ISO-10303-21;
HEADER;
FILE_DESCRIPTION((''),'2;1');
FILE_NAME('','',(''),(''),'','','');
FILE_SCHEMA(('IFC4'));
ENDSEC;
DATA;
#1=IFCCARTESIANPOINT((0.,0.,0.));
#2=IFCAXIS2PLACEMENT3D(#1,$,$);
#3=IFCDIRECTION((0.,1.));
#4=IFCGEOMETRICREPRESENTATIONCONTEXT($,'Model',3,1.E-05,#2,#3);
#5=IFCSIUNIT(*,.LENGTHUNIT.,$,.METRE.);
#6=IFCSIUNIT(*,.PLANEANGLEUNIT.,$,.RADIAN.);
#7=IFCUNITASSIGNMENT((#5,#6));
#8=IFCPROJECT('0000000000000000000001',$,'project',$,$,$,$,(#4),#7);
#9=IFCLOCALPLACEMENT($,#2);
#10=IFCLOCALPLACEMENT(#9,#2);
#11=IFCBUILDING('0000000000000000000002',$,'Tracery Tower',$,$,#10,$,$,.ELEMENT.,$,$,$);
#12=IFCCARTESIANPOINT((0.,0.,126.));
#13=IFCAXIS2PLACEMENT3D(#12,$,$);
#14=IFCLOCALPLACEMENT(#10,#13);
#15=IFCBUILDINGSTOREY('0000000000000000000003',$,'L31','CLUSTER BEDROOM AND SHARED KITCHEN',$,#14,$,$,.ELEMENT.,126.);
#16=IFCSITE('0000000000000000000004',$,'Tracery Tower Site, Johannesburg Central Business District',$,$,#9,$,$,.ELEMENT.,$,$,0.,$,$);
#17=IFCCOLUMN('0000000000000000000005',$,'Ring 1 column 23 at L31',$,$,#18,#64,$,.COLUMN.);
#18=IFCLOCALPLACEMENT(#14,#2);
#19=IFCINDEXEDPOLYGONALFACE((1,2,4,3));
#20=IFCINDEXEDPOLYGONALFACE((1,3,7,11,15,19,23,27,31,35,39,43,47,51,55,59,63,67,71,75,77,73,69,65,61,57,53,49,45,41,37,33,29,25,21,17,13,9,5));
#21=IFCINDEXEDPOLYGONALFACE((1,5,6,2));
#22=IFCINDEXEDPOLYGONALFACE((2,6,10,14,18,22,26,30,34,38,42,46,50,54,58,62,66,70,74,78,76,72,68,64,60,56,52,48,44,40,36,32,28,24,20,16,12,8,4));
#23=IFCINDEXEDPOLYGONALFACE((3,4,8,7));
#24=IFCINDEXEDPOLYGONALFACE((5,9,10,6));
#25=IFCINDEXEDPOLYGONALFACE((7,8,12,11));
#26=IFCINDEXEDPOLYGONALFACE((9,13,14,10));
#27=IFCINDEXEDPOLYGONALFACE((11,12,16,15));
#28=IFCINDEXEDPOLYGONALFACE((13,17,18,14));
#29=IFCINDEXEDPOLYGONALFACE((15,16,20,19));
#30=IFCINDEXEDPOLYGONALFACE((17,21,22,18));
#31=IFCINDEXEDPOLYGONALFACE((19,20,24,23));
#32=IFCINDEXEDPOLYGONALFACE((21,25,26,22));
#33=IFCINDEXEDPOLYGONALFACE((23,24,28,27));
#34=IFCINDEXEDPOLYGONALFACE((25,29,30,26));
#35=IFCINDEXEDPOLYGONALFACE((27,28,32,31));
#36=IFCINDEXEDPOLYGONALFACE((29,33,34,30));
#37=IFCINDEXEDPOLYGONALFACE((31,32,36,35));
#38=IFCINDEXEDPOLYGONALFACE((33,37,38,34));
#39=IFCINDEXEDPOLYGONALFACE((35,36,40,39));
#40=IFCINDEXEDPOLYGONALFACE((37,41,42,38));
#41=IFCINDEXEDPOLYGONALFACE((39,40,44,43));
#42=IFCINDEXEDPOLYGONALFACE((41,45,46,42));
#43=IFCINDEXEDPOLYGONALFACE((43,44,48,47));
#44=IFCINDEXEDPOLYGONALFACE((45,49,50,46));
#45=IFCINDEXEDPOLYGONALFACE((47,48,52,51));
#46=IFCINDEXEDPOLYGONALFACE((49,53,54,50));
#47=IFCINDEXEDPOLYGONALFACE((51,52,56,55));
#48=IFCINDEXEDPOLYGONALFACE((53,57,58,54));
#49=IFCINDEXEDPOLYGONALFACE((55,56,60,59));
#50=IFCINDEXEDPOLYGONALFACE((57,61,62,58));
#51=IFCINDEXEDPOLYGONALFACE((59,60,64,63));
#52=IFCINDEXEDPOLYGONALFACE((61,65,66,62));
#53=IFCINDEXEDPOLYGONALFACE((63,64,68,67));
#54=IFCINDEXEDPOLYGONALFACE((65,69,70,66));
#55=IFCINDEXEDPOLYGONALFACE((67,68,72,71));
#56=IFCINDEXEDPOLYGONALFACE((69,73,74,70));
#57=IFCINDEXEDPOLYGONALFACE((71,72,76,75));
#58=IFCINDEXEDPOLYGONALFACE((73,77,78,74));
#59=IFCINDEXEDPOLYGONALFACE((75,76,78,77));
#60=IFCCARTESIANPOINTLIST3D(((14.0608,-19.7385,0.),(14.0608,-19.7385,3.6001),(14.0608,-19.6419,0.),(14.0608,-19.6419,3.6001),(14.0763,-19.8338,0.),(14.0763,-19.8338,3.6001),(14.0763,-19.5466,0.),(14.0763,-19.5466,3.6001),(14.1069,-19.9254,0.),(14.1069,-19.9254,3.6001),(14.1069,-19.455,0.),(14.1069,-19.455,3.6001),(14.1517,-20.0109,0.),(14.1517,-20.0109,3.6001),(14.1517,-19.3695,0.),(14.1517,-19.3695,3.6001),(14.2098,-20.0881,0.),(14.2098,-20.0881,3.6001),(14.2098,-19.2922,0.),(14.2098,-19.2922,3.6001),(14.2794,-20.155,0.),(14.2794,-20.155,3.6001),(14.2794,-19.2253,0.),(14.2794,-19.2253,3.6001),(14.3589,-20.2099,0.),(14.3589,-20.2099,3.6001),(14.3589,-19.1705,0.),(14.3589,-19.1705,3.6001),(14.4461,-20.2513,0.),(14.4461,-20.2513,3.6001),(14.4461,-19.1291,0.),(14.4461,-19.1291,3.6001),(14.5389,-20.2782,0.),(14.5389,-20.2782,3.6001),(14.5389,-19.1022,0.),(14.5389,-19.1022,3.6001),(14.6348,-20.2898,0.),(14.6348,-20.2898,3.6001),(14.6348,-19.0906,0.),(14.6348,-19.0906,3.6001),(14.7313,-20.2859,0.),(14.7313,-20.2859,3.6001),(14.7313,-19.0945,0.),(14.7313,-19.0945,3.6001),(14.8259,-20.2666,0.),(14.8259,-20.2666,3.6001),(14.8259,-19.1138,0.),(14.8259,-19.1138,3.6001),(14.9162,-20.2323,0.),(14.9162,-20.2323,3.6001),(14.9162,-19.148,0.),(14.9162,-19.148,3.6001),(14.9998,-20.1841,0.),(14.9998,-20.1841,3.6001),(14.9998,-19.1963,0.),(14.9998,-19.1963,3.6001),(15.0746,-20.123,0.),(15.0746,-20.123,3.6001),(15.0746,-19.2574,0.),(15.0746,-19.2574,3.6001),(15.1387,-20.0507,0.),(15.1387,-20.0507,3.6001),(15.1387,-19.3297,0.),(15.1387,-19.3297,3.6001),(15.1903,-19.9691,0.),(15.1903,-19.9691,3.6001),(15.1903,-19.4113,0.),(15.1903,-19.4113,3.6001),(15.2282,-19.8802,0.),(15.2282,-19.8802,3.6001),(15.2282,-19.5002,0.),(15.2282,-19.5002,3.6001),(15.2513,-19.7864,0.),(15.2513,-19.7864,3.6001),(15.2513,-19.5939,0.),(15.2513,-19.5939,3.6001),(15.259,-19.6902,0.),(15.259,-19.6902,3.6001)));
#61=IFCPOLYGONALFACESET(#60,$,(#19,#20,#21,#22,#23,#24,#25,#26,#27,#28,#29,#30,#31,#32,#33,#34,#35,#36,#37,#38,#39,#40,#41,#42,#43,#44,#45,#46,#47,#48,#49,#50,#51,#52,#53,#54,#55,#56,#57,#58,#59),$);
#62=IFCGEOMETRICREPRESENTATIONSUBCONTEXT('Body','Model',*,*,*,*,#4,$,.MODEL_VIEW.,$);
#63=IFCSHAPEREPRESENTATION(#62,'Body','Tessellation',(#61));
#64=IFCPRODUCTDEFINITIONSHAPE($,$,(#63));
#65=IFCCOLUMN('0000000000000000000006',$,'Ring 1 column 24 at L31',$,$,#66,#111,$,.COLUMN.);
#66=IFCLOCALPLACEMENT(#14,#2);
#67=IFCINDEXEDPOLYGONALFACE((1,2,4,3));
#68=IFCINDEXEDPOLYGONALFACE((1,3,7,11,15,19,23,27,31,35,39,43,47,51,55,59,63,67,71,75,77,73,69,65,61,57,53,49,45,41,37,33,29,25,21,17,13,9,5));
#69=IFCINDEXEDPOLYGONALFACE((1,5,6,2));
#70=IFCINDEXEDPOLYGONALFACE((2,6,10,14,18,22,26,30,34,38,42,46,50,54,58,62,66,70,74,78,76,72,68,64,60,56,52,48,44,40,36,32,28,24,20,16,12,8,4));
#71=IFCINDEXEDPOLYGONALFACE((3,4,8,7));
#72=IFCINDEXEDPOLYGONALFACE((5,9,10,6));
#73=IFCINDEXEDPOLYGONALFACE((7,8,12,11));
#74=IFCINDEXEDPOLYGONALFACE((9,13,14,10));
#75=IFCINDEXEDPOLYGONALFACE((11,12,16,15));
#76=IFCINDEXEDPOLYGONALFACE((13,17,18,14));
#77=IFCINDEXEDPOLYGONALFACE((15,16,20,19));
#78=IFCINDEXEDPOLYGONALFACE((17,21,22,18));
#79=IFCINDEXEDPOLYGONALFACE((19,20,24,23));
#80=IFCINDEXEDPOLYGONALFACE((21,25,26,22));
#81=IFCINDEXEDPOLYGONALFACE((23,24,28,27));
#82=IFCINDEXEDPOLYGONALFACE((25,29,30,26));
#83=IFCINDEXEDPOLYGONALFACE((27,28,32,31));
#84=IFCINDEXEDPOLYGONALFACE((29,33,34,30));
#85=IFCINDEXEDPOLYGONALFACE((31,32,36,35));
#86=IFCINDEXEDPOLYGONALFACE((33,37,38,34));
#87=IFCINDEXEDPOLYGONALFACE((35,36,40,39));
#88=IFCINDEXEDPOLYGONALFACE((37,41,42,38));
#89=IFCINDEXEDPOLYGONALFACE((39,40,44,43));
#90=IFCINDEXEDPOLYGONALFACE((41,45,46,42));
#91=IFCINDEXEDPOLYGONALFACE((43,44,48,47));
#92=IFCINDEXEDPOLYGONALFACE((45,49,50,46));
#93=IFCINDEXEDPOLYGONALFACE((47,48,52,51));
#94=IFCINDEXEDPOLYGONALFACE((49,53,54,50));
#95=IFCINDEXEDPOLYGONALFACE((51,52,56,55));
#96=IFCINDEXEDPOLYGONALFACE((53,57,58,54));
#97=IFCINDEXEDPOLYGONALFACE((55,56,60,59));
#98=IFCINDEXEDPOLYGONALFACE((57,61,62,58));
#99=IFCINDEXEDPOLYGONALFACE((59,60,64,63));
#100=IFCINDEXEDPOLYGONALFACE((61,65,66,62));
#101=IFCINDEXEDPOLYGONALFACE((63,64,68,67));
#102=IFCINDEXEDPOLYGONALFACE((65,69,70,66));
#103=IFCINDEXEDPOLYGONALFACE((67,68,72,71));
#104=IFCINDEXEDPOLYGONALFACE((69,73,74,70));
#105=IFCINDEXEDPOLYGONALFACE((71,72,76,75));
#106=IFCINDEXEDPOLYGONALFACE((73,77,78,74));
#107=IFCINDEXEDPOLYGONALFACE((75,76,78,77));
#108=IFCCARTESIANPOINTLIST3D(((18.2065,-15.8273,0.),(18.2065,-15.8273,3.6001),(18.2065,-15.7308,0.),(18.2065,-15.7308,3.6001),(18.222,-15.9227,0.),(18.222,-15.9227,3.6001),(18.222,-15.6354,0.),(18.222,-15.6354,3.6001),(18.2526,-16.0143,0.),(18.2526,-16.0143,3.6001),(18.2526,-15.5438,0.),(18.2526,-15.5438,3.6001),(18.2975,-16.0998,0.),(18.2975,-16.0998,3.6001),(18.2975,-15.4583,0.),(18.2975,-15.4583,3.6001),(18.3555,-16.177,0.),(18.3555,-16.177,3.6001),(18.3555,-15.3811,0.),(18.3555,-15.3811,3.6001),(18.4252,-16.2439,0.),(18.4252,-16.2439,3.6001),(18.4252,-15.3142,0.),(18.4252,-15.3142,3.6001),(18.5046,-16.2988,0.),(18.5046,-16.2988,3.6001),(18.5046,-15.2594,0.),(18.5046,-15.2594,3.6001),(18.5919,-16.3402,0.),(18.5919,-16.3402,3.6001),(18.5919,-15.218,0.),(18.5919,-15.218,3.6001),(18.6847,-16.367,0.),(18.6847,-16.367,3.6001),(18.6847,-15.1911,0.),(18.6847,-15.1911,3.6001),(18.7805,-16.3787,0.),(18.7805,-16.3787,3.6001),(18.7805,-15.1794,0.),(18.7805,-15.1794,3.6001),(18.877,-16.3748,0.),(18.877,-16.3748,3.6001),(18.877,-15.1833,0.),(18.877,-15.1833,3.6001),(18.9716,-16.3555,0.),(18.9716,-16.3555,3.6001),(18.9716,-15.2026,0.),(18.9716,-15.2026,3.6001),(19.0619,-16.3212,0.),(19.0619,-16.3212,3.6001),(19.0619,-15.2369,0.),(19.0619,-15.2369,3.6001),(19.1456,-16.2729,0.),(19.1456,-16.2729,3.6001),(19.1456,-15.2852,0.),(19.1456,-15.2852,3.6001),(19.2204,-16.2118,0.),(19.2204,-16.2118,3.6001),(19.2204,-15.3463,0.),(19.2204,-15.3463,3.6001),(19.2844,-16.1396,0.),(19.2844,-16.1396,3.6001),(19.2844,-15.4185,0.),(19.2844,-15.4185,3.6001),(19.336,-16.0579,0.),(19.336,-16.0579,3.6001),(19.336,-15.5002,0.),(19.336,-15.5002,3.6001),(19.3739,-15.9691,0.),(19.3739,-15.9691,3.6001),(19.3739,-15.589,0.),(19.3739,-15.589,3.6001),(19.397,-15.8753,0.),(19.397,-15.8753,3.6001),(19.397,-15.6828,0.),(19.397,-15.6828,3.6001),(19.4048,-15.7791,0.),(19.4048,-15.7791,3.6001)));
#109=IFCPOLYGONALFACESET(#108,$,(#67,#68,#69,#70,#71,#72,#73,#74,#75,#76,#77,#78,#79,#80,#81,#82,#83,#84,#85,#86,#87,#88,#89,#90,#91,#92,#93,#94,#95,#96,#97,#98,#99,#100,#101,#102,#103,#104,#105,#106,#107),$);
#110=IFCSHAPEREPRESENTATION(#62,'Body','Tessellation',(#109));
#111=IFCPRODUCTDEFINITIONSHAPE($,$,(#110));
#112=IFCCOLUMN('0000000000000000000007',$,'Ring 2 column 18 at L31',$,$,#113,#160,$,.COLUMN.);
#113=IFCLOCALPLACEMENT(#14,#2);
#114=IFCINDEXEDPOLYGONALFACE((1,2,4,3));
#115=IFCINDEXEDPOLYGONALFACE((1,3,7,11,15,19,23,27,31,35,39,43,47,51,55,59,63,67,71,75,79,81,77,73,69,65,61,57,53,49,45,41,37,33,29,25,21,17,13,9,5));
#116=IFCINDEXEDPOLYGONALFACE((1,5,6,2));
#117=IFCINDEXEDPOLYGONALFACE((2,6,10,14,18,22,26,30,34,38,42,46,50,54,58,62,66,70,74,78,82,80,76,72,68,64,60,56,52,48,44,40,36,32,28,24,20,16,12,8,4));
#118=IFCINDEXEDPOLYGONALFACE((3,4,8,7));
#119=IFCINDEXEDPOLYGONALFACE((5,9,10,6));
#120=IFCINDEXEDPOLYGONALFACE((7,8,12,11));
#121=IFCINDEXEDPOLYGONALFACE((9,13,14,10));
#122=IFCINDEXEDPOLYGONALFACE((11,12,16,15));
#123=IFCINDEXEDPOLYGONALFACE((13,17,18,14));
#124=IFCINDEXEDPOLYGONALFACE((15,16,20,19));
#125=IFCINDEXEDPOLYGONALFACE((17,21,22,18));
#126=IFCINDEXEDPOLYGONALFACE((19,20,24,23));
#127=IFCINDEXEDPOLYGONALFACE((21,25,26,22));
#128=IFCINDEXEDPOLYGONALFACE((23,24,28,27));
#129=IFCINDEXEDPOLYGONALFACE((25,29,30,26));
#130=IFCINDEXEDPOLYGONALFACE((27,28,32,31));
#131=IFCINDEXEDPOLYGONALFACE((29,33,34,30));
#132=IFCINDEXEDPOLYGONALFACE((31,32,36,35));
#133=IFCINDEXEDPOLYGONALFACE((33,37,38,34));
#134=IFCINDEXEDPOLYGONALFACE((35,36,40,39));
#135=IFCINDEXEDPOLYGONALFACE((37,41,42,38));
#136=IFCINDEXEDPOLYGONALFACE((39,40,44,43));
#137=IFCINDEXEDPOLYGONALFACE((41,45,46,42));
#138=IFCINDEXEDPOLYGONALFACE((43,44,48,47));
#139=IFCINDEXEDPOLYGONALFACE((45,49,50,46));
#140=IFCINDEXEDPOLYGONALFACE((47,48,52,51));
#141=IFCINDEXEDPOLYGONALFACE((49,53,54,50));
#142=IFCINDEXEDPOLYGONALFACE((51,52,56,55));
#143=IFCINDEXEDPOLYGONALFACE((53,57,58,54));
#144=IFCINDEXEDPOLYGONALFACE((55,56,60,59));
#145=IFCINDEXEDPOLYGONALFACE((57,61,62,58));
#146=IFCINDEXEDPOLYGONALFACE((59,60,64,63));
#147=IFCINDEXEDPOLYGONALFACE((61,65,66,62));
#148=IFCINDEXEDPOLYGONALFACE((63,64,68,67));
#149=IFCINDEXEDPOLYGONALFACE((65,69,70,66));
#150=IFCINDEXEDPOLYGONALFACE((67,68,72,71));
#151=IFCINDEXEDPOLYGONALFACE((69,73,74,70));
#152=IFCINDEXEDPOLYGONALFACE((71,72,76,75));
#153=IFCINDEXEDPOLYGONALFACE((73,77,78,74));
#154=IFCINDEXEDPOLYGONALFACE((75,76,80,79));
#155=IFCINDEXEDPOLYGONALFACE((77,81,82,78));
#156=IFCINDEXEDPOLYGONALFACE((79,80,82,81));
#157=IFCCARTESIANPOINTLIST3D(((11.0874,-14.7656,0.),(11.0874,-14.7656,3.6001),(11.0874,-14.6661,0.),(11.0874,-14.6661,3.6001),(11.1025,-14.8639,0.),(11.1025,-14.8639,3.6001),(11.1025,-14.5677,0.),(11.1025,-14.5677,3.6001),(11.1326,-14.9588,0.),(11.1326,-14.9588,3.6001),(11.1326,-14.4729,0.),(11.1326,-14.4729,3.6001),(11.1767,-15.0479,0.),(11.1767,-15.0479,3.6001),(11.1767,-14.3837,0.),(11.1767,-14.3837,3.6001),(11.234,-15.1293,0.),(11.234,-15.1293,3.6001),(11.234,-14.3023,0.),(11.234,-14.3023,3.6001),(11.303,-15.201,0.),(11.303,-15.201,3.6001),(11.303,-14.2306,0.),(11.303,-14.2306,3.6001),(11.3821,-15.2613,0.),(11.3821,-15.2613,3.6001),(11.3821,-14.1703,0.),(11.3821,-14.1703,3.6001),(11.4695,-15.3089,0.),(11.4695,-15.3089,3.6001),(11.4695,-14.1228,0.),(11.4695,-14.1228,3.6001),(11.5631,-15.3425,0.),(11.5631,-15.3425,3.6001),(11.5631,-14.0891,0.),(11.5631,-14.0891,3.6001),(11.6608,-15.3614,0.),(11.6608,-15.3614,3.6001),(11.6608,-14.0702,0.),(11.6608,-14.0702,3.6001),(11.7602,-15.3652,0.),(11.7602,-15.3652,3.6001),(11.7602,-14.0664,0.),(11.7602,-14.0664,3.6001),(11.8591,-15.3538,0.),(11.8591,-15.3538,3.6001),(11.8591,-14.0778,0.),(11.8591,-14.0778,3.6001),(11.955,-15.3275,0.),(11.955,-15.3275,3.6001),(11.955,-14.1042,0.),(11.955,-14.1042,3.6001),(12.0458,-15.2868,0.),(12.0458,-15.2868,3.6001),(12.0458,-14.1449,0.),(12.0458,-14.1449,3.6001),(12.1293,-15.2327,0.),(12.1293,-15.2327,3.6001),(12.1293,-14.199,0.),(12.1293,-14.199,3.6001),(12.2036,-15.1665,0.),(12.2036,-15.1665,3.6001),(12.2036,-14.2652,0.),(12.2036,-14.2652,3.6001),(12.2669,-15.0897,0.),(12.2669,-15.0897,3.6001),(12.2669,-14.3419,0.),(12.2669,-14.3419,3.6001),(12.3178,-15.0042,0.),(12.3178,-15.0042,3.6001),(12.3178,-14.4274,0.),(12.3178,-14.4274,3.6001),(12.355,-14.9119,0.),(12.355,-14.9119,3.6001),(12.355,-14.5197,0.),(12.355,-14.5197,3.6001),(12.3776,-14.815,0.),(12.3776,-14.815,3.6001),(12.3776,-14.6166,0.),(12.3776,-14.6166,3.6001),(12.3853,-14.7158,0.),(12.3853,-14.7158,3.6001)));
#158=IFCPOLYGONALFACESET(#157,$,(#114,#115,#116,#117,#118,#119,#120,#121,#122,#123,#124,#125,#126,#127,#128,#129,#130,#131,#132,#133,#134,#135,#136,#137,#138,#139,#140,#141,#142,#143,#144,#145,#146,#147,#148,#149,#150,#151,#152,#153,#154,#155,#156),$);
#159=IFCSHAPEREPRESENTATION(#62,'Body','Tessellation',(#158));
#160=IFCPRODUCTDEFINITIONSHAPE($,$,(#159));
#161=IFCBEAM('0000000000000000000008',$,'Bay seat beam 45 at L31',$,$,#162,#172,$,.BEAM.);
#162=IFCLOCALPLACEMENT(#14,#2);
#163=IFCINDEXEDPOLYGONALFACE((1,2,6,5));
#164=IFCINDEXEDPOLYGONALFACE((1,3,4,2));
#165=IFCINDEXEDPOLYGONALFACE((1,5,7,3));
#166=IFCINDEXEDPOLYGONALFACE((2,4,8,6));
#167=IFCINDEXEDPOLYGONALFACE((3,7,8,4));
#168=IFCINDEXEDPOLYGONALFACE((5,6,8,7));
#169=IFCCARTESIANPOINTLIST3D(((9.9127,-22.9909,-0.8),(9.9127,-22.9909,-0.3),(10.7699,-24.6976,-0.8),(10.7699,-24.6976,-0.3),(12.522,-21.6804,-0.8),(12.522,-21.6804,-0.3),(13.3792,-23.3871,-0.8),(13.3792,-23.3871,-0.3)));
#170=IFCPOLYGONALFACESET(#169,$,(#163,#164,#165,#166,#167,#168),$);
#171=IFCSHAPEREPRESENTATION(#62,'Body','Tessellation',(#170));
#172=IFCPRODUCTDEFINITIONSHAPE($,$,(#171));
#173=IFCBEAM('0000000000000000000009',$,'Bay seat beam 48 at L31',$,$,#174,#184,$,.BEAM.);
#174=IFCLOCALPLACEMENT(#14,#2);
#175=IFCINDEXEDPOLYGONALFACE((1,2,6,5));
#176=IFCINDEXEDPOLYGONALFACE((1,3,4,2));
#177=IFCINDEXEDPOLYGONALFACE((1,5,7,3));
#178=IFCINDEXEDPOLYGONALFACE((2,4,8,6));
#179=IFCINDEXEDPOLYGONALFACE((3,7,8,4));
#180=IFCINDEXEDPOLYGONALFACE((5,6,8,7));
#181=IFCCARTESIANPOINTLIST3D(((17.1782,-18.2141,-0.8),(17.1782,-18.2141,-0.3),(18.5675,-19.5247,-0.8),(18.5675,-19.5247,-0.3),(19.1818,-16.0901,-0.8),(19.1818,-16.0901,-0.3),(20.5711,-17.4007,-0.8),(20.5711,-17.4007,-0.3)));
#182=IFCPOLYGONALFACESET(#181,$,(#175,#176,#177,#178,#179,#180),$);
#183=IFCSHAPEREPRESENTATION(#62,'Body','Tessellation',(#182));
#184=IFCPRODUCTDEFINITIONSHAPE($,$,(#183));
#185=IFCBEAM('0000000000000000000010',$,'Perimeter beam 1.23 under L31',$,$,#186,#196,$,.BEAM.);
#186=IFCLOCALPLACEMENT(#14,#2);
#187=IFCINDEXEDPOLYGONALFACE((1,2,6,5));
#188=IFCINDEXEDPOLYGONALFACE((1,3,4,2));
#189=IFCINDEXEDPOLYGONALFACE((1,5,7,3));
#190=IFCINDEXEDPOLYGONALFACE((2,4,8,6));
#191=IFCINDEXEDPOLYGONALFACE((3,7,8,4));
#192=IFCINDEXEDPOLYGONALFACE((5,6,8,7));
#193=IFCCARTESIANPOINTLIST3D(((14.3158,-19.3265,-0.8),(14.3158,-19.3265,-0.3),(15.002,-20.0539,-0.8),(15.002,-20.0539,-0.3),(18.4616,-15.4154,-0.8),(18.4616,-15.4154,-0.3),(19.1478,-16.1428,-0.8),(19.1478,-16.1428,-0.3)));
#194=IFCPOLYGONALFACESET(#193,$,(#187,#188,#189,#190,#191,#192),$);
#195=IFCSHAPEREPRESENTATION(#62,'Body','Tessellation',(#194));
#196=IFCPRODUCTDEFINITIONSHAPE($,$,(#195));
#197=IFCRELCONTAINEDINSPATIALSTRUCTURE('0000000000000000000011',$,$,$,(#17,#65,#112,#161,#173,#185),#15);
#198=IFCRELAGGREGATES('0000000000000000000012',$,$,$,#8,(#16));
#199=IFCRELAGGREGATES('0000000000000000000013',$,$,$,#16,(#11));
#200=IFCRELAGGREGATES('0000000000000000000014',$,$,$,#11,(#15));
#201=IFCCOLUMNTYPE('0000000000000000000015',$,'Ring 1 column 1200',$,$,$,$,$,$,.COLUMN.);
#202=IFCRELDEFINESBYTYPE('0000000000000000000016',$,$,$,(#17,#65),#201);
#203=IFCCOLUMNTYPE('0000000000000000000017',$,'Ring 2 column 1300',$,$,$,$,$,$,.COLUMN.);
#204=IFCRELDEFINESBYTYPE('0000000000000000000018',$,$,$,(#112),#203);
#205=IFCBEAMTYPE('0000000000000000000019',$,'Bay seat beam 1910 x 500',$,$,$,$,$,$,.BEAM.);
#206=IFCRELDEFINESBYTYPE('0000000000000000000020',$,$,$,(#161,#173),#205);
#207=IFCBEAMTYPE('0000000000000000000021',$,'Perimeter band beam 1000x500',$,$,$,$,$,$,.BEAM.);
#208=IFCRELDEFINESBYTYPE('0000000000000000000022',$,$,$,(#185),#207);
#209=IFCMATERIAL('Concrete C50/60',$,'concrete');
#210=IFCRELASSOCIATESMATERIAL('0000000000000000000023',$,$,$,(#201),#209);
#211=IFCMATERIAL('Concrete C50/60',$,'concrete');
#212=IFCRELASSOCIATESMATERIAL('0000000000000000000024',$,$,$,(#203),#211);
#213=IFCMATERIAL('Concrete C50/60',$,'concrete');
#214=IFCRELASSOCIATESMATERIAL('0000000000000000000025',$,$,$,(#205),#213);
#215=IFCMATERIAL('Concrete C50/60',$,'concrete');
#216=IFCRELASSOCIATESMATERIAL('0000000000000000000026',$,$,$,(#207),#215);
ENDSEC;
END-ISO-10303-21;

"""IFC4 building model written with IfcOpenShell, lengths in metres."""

from ifc_helpers import new_model, si_unit, direction, frame, origin, origin_2d, place, context, subcontext, project, spatial, rectangle, circle, extrude, material, material_profile, profile_set, type_object, element, save


model = new_model("IFC4")

# Units and contexts
model_context = context("Model", 3, precision=1e-05, world=origin(), true_north=direction((0.0, 1.0)))
body_context = subcontext(model_context, "Body", "Model", "MODEL_VIEW")
ifc_project = project(units=[si_unit("LENGTHUNIT", "METRE"), si_unit("PLANEANGLEUNIT", "RADIAN")], contexts=[model_context])

# Site, building, storey
site_placement = place(None, origin())
site = spatial("IfcSite", under=ifc_project, at=site_placement, Name="Tracery Tower Site, Johannesburg Central Business District", CompositionType="ELEMENT", RefElevation=0.0)
building_placement = place(site_placement, origin())
building = spatial("IfcBuilding", under=site, at=building_placement, Name="Tracery Tower", CompositionType="ELEMENT")
storey_placement = place(building_placement, frame((0.0, 0.0, 126.0)))
storey = spatial("IfcBuildingStorey", under=building, at=storey_placement, Name="L31", Description="CLUSTER BEDROOM AND SHARED KITCHEN", CompositionType="ELEMENT", Elevation=126.0)

# Columns
ifc_material_1 = material(Name="Concrete C50/60", Category="concrete")
ifc_material_profile_1 = material_profile(ifc_material_1, circle(Radius=0.6001, at=origin_2d()), Name="RC D1200")
ifc_profile_set_1 = profile_set([ifc_material_profile_1], Name="Concrete C50/60")
column_type_1 = type_object("IfcColumnType", Name="Ring 1 column 1200", PredefinedType="COLUMN", material=ifc_profile_set_1)
for number, where, z_axis, x_axis, name in (
    (1, (14.6589, -19.6902, 0.0), (0.0, 0.0, 1.0), (1.0, 0.0, 0.0), "Ring 1 column 23 at L31"),
    (2, (18.8047, -15.7791, 0.0), (0.0, 0.0, 1.0), (1.0, 0.0, 0.0), "Ring 1 column 24 at L31"),
):
    element("IfcColumn", number, at=place(storey_placement, frame(where, z_axis=z_axis, x_axis=x_axis)), inside=storey, type_object=column_type_1, Name=name, PredefinedType="COLUMN", context=body_context, shape_type="SweptSolid", body=[
        extrude(circle(Radius=0.6001, at=origin_2d()), origin(), (0.0, 0.0, 1.0), 3.6001),
    ])
ifc_material_2 = material(Name="Concrete C50/60", Category="concrete")
ifc_material_profile_2 = material_profile(ifc_material_2, circle(Radius=0.6499, at=origin_2d()), Name="RC D1300")
ifc_profile_set_2 = profile_set([ifc_material_profile_2], Name="Concrete C50/60")
column_type_2 = type_object("IfcColumnType", Name="Ring 2 column 1300", PredefinedType="COLUMN", material=ifc_profile_set_2)
column_placement = place(storey_placement, frame((11.7354, -14.7158, 0.0), z_axis=(0.0, 0.0, 1.0), x_axis=(1.0, 0.0, 0.0)))
element("IfcColumn", 3, at=column_placement, inside=storey, type_object=column_type_2, Name="Ring 2 column 18 at L31", PredefinedType="COLUMN", context=body_context, shape_type="SweptSolid", body=[
    extrude(circle(Radius=0.6499, at=origin_2d()), origin(), (0.0, 0.0, 1.0), 3.6001),
])

# Beams
ifc_material_3 = material(Name="Concrete C50/60", Category="concrete")
ifc_material_profile_3 = material_profile(ifc_material_3, rectangle(XDim=1.9099, YDim=0.5, at=origin_2d()), Name="RC 1910x500")
ifc_profile_set_3 = profile_set([ifc_material_profile_3], Name="Concrete C50/60")
beam_type_1 = type_object("IfcBeamType", Name="Bay seat beam 1910 x 500", PredefinedType="BEAM", material=ifc_profile_set_3)
for number, where, z_axis, x_axis, name in (
    (4, (10.3413, -23.8442, -0.55), (0.893623, 0.448818, 0.0), (-0.448818, 0.893623, 0.0), "Bay seat beam 45 at L31"),
    (5, (17.8728, -18.8694, -0.55), (0.686196, 0.727416, 0.0), (-0.727416, 0.686196, 0.0), "Bay seat beam 48 at L31"),
):
    element("IfcBeam", number, at=place(storey_placement, frame(where, z_axis=z_axis, x_axis=x_axis)), inside=storey, type_object=beam_type_1, Name=name, PredefinedType="BEAM", context=body_context, shape_type="SweptSolid", body=[
        extrude(rectangle(XDim=1.9099, YDim=0.5, at=origin_2d()), origin(), (0.0, 0.0, 1.0), 2.9199),
    ])
ifc_material_4 = material(Name="Concrete C50/60", Category="concrete")
ifc_material_profile_4 = material_profile(ifc_material_4, rectangle(XDim=1.0, YDim=0.5, at=origin_2d()), Name="RC 1000x500")
ifc_profile_set_4 = profile_set([ifc_material_profile_4], Name="Concrete C50/60")
beam_type_2 = type_object("IfcBeamType", Name="Perimeter band beam 1000x500", PredefinedType="BEAM", material=ifc_profile_set_4)
for number, where, z_axis, x_axis, name in (
    (6, (14.6589, -19.6902, -0.55), (0.72739, 0.686225, 0.0), (-0.686225, 0.72739, 0.0), "Perimeter beam 1.23 under L31"),
):
    element("IfcBeam", number, at=place(storey_placement, frame(where, z_axis=z_axis, x_axis=x_axis)), inside=storey, type_object=beam_type_2, Name=name, PredefinedType="BEAM", context=body_context, shape_type="SweptSolid", body=[
        extrude(rectangle(XDim=1.0, YDim=0.5, at=origin_2d()), origin(), (0.0, 0.0, 1.0), 5.6995),
    ])

save(model, "model.ifc")
